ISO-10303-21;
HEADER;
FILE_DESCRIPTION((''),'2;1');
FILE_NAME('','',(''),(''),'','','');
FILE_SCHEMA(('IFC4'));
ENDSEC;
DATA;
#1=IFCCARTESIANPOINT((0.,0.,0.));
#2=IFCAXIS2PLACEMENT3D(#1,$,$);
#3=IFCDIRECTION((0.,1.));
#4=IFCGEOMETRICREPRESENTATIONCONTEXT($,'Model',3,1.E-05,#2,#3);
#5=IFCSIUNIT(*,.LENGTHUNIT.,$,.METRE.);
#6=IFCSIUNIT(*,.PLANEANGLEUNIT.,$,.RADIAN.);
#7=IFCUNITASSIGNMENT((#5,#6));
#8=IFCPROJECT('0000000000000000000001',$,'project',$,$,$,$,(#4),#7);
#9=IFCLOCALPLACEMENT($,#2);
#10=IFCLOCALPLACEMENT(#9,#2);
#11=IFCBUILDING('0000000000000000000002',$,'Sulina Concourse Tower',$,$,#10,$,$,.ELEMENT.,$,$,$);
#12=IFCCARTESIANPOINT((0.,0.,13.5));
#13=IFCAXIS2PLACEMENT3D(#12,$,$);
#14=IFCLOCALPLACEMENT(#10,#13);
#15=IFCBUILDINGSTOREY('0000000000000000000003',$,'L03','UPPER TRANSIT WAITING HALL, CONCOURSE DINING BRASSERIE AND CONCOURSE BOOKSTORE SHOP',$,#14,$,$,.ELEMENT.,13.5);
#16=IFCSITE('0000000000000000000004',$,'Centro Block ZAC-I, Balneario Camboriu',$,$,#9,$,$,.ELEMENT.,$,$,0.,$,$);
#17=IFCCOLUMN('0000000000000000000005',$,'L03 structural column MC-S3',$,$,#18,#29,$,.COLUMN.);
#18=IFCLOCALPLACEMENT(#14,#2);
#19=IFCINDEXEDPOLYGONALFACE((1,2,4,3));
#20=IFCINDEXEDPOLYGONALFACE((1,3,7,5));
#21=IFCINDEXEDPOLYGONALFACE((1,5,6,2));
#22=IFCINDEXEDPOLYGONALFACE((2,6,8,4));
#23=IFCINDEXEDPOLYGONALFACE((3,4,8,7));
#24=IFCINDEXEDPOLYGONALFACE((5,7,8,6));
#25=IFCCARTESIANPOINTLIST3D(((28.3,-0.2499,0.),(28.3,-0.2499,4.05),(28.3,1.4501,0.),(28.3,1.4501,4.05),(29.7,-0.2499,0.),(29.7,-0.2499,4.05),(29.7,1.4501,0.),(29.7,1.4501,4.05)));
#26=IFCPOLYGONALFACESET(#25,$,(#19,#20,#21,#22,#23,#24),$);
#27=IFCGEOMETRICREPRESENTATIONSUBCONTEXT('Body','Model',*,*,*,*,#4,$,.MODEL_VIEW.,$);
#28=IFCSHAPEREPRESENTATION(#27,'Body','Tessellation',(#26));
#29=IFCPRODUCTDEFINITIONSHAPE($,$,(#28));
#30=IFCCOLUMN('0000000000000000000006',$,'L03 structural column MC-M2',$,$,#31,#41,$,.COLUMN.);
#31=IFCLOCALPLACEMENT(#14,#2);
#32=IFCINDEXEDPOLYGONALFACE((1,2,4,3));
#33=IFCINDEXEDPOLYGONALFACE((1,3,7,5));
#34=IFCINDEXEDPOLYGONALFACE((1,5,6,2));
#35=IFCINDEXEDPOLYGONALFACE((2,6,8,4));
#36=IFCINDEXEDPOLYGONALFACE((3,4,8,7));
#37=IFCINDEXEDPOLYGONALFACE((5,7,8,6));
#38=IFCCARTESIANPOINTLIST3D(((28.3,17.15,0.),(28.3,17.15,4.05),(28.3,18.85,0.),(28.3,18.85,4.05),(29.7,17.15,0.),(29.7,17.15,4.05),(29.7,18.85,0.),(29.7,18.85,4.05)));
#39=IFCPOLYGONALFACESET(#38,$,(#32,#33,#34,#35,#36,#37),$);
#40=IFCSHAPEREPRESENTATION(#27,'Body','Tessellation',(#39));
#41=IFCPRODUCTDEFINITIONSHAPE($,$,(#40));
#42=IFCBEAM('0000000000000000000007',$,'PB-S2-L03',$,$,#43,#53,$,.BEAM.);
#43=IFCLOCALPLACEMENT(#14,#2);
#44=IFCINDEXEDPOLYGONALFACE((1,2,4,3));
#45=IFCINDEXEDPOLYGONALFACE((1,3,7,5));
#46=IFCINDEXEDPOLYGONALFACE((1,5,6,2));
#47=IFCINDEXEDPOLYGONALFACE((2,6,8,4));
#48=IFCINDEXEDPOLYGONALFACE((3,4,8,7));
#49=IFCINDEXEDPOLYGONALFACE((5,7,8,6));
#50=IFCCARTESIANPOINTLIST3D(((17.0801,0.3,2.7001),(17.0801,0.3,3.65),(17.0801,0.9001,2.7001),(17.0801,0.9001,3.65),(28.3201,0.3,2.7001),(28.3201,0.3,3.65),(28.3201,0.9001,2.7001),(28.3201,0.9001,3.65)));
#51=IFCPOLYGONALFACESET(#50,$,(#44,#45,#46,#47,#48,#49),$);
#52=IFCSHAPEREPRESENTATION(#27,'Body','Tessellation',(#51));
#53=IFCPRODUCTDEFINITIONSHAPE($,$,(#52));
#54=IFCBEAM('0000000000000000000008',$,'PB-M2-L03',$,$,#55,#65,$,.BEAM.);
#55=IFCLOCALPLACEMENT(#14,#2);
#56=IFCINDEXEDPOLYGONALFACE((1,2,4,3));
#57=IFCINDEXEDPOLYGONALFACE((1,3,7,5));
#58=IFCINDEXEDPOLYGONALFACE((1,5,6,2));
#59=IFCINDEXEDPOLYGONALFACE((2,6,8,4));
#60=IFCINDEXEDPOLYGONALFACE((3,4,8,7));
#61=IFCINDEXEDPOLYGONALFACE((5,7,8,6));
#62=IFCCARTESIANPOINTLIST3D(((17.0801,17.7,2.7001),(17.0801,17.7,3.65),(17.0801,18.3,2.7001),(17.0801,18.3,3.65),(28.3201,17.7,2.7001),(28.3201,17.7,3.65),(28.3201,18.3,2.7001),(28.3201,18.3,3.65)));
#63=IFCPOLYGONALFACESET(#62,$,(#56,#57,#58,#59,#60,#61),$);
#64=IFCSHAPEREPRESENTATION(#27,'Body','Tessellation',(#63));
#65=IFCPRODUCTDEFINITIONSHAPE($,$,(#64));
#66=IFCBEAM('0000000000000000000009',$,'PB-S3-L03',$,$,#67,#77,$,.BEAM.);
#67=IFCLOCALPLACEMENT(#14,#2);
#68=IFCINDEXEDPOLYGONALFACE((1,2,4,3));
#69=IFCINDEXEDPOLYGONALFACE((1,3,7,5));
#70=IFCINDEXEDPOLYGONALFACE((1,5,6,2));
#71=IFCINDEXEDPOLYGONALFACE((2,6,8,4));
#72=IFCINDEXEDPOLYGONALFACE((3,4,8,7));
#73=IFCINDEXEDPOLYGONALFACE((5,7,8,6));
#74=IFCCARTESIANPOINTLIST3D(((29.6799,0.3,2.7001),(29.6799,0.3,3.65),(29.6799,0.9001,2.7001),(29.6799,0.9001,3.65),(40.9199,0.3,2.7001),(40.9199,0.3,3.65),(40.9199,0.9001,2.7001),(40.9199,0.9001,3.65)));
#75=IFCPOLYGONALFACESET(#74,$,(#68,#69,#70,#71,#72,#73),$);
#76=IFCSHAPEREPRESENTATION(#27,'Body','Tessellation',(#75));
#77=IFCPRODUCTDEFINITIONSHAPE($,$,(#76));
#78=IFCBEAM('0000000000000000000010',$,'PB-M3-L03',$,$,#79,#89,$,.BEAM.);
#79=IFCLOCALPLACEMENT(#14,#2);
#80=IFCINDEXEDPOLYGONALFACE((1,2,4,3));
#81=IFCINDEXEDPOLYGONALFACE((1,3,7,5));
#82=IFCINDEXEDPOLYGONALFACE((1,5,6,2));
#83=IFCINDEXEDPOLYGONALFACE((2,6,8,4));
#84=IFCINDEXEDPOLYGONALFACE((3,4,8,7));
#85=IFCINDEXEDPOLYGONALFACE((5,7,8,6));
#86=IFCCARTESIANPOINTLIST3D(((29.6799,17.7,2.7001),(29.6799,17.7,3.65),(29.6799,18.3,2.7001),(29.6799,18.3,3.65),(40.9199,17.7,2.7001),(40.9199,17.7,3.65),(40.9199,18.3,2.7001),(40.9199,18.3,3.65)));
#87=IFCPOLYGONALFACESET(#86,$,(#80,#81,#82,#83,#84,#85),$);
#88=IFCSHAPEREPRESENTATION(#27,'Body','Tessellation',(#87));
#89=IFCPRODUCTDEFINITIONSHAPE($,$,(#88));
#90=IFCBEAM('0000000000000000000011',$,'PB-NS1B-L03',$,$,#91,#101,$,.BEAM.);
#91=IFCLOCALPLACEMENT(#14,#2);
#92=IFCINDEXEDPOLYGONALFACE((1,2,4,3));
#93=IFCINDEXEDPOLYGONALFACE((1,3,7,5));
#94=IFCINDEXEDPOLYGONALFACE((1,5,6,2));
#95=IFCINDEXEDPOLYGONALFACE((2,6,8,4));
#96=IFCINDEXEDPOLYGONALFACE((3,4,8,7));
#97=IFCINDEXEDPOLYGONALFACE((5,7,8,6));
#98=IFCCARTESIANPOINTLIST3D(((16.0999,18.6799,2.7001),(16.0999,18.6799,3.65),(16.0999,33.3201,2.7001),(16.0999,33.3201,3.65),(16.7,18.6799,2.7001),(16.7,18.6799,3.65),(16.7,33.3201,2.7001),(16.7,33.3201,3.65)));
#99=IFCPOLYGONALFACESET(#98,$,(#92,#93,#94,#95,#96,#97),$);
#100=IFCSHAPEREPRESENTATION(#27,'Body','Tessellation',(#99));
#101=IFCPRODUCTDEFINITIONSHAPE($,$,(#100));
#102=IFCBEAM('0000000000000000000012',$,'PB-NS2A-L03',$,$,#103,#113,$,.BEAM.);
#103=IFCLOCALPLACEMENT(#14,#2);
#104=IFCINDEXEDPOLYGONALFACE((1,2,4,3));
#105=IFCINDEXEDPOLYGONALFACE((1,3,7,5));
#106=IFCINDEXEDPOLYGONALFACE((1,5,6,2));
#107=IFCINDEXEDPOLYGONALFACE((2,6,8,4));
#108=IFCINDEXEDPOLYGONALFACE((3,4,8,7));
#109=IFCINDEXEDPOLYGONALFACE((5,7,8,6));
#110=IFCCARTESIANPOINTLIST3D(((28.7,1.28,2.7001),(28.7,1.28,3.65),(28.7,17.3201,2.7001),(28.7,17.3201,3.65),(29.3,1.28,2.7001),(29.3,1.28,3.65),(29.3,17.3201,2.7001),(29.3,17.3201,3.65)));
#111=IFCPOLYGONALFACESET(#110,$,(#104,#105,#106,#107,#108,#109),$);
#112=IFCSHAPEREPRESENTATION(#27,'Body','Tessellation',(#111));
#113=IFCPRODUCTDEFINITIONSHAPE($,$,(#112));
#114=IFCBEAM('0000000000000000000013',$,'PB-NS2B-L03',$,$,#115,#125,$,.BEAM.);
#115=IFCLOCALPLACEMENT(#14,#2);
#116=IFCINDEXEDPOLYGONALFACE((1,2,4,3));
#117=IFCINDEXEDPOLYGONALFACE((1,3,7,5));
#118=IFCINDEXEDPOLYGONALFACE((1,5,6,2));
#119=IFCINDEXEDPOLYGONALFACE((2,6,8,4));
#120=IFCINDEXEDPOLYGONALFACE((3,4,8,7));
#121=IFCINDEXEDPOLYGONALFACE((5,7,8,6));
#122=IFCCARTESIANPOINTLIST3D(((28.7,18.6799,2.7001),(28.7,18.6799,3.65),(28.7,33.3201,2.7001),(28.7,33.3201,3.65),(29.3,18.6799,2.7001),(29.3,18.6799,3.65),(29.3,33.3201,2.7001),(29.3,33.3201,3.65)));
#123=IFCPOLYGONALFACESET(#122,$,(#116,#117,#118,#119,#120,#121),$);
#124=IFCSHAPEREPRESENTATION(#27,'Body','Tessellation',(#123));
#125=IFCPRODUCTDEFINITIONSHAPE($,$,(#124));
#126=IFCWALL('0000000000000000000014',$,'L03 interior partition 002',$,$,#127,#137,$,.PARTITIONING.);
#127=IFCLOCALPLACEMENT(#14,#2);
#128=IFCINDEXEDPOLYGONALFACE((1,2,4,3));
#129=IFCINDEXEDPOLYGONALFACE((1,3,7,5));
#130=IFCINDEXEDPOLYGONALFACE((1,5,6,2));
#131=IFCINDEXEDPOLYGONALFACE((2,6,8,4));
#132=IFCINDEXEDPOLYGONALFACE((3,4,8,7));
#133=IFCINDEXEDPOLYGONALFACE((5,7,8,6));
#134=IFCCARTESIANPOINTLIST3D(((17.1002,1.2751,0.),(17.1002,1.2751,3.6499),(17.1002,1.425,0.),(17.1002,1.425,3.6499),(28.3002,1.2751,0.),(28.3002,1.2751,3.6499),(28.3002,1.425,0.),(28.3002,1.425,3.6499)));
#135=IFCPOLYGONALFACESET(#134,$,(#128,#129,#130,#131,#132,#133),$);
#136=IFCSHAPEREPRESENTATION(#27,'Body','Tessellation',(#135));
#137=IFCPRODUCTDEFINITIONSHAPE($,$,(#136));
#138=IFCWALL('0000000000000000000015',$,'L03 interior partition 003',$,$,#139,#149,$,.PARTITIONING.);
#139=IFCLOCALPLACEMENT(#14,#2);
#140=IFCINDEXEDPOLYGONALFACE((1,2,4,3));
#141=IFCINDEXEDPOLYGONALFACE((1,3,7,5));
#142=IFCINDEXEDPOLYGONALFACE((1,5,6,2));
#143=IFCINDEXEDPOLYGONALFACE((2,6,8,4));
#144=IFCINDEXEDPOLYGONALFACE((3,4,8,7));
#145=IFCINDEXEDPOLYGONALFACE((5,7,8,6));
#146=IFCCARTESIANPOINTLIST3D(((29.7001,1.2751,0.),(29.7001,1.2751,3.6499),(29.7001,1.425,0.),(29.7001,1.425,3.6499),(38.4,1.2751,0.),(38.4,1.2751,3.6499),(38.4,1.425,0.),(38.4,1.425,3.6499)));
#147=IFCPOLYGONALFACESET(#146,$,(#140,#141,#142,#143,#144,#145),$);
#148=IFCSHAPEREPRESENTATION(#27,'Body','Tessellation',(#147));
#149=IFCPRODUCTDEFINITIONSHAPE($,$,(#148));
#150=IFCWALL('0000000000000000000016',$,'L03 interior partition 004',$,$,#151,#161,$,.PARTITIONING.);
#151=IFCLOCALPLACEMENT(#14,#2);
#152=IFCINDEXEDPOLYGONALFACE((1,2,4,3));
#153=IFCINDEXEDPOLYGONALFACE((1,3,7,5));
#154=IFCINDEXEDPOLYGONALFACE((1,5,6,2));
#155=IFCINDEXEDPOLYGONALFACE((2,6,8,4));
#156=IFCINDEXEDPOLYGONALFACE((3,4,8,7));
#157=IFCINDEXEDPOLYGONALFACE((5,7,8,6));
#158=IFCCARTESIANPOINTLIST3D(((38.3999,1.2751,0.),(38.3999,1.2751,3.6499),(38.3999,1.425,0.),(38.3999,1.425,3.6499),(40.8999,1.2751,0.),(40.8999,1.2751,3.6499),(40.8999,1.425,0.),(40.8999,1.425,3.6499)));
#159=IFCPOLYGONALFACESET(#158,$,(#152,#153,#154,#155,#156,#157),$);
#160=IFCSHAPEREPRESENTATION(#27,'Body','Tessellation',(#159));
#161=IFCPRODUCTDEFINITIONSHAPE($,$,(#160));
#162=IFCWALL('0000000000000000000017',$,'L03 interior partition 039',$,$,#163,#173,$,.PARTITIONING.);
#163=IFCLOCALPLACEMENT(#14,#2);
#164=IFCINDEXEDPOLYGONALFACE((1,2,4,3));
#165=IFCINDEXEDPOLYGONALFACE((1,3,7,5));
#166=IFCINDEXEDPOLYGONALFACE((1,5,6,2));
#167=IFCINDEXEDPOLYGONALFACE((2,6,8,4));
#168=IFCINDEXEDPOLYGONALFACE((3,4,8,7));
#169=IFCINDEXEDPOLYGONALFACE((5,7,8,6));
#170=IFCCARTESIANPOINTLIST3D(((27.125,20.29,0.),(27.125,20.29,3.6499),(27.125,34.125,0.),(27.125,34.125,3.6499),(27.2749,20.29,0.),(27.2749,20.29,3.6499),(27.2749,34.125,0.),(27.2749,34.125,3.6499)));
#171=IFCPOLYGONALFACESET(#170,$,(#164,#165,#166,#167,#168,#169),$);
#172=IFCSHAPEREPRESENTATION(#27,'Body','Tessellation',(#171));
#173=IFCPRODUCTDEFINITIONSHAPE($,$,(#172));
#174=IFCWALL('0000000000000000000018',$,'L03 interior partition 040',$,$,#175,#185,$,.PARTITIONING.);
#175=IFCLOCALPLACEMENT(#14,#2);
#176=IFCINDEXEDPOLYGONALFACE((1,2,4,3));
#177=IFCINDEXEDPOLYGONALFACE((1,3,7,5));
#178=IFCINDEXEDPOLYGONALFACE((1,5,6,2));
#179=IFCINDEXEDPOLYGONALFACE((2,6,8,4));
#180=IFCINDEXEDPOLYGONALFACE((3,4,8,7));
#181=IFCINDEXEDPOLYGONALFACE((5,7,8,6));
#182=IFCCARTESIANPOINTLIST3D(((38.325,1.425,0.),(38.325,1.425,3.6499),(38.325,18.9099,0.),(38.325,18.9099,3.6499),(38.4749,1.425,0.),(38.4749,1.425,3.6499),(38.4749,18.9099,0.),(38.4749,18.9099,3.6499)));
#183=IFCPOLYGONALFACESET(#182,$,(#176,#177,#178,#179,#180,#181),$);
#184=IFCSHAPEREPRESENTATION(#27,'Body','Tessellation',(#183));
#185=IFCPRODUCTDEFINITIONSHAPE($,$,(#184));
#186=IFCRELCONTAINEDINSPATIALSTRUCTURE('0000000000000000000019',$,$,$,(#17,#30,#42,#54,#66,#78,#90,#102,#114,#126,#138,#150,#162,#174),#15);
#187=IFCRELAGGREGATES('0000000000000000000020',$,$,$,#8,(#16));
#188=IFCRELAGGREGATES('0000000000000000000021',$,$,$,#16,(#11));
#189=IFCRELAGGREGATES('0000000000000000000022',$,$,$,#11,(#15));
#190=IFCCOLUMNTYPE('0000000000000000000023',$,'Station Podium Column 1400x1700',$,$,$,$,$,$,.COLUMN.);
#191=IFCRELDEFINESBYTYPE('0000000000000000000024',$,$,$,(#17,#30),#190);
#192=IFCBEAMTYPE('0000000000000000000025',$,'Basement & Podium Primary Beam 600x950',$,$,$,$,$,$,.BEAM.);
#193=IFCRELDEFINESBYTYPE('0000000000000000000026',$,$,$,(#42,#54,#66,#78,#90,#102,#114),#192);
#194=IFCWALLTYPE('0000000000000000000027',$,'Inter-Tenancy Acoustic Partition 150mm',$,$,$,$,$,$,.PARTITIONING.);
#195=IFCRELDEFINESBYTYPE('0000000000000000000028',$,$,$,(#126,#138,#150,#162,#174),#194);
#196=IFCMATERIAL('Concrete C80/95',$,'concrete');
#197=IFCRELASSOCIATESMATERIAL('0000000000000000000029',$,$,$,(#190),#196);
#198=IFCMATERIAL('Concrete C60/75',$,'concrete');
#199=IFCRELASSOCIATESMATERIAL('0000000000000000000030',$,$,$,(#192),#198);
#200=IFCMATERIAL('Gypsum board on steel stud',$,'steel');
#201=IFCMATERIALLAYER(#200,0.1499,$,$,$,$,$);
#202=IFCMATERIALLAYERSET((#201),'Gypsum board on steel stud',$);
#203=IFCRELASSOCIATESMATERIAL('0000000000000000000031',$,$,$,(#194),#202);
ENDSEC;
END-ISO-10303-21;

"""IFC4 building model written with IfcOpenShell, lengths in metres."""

from ifc_helpers import new_model, si_unit, direction, frame, frame_2d, origin, origin_2d, place, context, subcontext, project, spatial, rectangle, extrude, material, layer, layer_set, material_profile, profile_set, type_object, element, save


model = new_model("IFC4")

# Units and contexts
model_context = context("Model", 3, precision=1e-05, world=origin(), true_north=direction((0.0, 1.0)))
body_context = subcontext(model_context, "Body", "Model", "MODEL_VIEW")
ifc_project = project(units=[si_unit("LENGTHUNIT", "METRE"), si_unit("PLANEANGLEUNIT", "RADIAN")], contexts=[model_context])

# Site, building, storey
site_placement = place(None, origin())
site = spatial("IfcSite", under=ifc_project, at=site_placement, Name="Centro Block ZAC-I, Balneario Camboriu", CompositionType="ELEMENT", RefElevation=0.0)
building_placement = place(site_placement, origin())
building = spatial("IfcBuilding", under=site, at=building_placement, Name="Sulina Concourse Tower", CompositionType="ELEMENT")
storey_placement = place(building_placement, frame((0.0, 0.0, 13.5)))
storey = spatial("IfcBuildingStorey", under=building, at=storey_placement, Name="L03", Description="UPPER TRANSIT WAITING HALL, CONCOURSE DINING BRASSERIE AND CONCOURSE BOOKSTORE SHOP", CompositionType="ELEMENT", Elevation=13.5)

# Columns
ifc_material_1 = material(Name="Concrete C80/95", Category="concrete")
ifc_material_profile_1 = material_profile(ifc_material_1, rectangle(XDim=1.3999, YDim=1.7, at=origin_2d()), Name="RC 1400x1700")
ifc_profile_set_1 = profile_set([ifc_material_profile_1], Name="Concrete C80/95")
column_type = type_object("IfcColumnType", Name="Station Podium Column 1400x1700", PredefinedType="COLUMN", material=ifc_profile_set_1)
for number, where, z_axis, x_axis, name in (
    (1, (29.0, 0.6001, 0.0), (0.0, 0.0, 1.0), (1.0, 0.0, 0.0), "L03 structural column MC-S3"),
    (2, (29.0, 18.0, 0.0), (0.0, 0.0, 1.0), (1.0, 0.0, 0.0), "L03 structural column MC-M2"),
):
    element("IfcColumn", number, at=place(storey_placement, frame(where, z_axis=z_axis, x_axis=x_axis)), inside=storey, type_object=column_type, Name=name, PredefinedType="COLUMN", context=body_context, shape_type="SweptSolid", body=[
        extrude(rectangle(XDim=1.3999, YDim=1.7, at=origin_2d()), origin(), (0.0, 0.0, 1.0), 4.05),
    ])

# Beams
ifc_material_2 = material(Name="Concrete C60/75", Category="concrete")
ifc_material_profile_2 = material_profile(ifc_material_2, rectangle(XDim=0.6001, YDim=0.95, at=origin_2d()), Name="RC 600x950")
ifc_profile_set_2 = profile_set([ifc_material_profile_2], Name="Concrete C60/75")
beam_type = type_object("IfcBeamType", Name="Basement & Podium Primary Beam 600x950", PredefinedType="BEAM", material=ifc_profile_set_2)
for number, where, z_axis, x_axis, name in (
    (3, (17.0801, 0.6001, 3.175), (1.0, 0.0, 0.0), (0.0, 1.0, 0.0), "PB-S2-L03"),
    (4, (17.0801, 18.0, 3.175), (1.0, 0.0, 0.0), (0.0, 1.0, 0.0), "PB-M2-L03"),
    (5, (29.6799, 0.6001, 3.175), (1.0, 0.0, 0.0), (0.0, 1.0, 0.0), "PB-S3-L03"),
    (6, (29.6799, 18.0, 3.175), (1.0, 0.0, 0.0), (0.0, 1.0, 0.0), "PB-M3-L03"),
):
    element("IfcBeam", number, at=place(storey_placement, frame(where, z_axis=z_axis, x_axis=x_axis)), inside=storey, type_object=beam_type, Name=name, PredefinedType="BEAM", context=body_context, shape_type="SweptSolid", body=[
        extrude(rectangle(XDim=0.6001, YDim=0.95, at=origin_2d()), origin(), (0.0, 0.0, 1.0), 11.24),
    ])
beam_1_placement = place(storey_placement, frame((16.3999, 18.6799, 3.175), z_axis=(0.0, 1.0, 0.0), x_axis=(-1.0, 0.0, 0.0)))
element("IfcBeam", 7, at=beam_1_placement, inside=storey, type_object=beam_type, Name="PB-NS1B-L03", PredefinedType="BEAM", context=body_context, shape_type="SweptSolid", body=[
    extrude(rectangle(XDim=0.6001, YDim=0.95, at=origin_2d()), origin(), (0.0, 0.0, 1.0), 14.6401),
])
beam_2_placement = place(storey_placement, frame((29.0, 1.28, 3.175), z_axis=(0.0, 1.0, 0.0), x_axis=(-1.0, 0.0, 0.0)))
element("IfcBeam", 8, at=beam_2_placement, inside=storey, type_object=beam_type, Name="PB-NS2A-L03", PredefinedType="BEAM", context=body_context, shape_type="SweptSolid", body=[
    extrude(rectangle(XDim=0.6001, YDim=0.95, at=origin_2d()), origin(), (0.0, 0.0, 1.0), 16.04),
])
beam_3_placement = place(storey_placement, frame((29.0, 18.6799, 3.175), z_axis=(0.0, 1.0, 0.0), x_axis=(-1.0, 0.0, 0.0)))
element("IfcBeam", 9, at=beam_3_placement, inside=storey, type_object=beam_type, Name="PB-NS2B-L03", PredefinedType="BEAM", context=body_context, shape_type="SweptSolid", body=[
    extrude(rectangle(XDim=0.6001, YDim=0.95, at=origin_2d()), origin(), (0.0, 0.0, 1.0), 14.6401),
])

# Walls
ifc_material_3 = material(Name="Gypsum board on steel stud", Category="steel")
ifc_layer_1 = layer(ifc_material_3, 0.1499)
ifc_layer_set_1 = layer_set([ifc_layer_1], Name="Gypsum board on steel stud")
wall_type_1 = type_object("IfcWallType", Name="Inter-Tenancy Acoustic Partition 150mm", PredefinedType="PARTITIONING", material=ifc_layer_set_1)
wall_1_placement = place(storey_placement, frame((17.1001, 1.3501, 0.0), z_axis=(0.0, 0.0, 1.0), x_axis=(1.0, 0.0, 0.0)))
element("IfcWall", 10, at=wall_1_placement, inside=storey, type_object=wall_type_1, Name="L03 interior partition 002", PredefinedType="PARTITIONING", context=body_context, shape_type="SweptSolid", body=[
    extrude(rectangle(XDim=11.2, YDim=0.1499, at=frame_2d((5.6001, 0.0))), origin(), (0.0, 0.0, 1.0), 3.6499),
])
wall_2_placement = place(storey_placement, frame((29.7, 1.3501, 0.0), z_axis=(0.0, 0.0, 1.0), x_axis=(1.0, 0.0, 0.0)))
element("IfcWall", 11, at=wall_2_placement, inside=storey, type_object=wall_type_1, Name="L03 interior partition 003", PredefinedType="PARTITIONING", context=body_context, shape_type="SweptSolid", body=[
    extrude(rectangle(XDim=8.7, YDim=0.1499, at=frame_2d((4.3501, 0.0))), origin(), (0.0, 0.0, 1.0), 3.6499),
])
wall_3_placement = place(storey_placement, frame((38.3999, 1.3501, 0.0), z_axis=(0.0, 0.0, 1.0), x_axis=(1.0, 0.0, 0.0)))
element("IfcWall", 12, at=wall_3_placement, inside=storey, type_object=wall_type_1, Name="L03 interior partition 004", PredefinedType="PARTITIONING", context=body_context, shape_type="SweptSolid", body=[
    extrude(rectangle(XDim=2.5, YDim=0.1499, at=frame_2d((1.25, 0.0))), origin(), (0.0, 0.0, 1.0), 3.6499),
])
wall_4_placement = place(storey_placement, frame((27.2, 20.29, 0.0), z_axis=(0.0, 0.0, 1.0), x_axis=(0.0, 1.0, 0.0)))
element("IfcWall", 13, at=wall_4_placement, inside=storey, type_object=wall_type_1, Name="L03 interior partition 039", PredefinedType="PARTITIONING", context=body_context, shape_type="SweptSolid", body=[
    extrude(rectangle(XDim=13.835, YDim=0.1499, at=frame_2d((6.9175, 0.0))), origin(), (0.0, 0.0, 1.0), 3.6499),
])
wall_5_placement = place(storey_placement, frame((38.3999, 1.425, 0.0), z_axis=(0.0, 0.0, 1.0), x_axis=(0.0, 1.0, 0.0)))
element("IfcWall", 14, at=wall_5_placement, inside=storey, type_object=wall_type_1, Name="L03 interior partition 040", PredefinedType="PARTITIONING", context=body_context, shape_type="SweptSolid", body=[
    extrude(rectangle(XDim=17.4849, YDim=0.1499, at=frame_2d((8.7424, 0.0))), origin(), (0.0, 0.0, 1.0), 3.6499),
])

save(model, "model.ifc")
